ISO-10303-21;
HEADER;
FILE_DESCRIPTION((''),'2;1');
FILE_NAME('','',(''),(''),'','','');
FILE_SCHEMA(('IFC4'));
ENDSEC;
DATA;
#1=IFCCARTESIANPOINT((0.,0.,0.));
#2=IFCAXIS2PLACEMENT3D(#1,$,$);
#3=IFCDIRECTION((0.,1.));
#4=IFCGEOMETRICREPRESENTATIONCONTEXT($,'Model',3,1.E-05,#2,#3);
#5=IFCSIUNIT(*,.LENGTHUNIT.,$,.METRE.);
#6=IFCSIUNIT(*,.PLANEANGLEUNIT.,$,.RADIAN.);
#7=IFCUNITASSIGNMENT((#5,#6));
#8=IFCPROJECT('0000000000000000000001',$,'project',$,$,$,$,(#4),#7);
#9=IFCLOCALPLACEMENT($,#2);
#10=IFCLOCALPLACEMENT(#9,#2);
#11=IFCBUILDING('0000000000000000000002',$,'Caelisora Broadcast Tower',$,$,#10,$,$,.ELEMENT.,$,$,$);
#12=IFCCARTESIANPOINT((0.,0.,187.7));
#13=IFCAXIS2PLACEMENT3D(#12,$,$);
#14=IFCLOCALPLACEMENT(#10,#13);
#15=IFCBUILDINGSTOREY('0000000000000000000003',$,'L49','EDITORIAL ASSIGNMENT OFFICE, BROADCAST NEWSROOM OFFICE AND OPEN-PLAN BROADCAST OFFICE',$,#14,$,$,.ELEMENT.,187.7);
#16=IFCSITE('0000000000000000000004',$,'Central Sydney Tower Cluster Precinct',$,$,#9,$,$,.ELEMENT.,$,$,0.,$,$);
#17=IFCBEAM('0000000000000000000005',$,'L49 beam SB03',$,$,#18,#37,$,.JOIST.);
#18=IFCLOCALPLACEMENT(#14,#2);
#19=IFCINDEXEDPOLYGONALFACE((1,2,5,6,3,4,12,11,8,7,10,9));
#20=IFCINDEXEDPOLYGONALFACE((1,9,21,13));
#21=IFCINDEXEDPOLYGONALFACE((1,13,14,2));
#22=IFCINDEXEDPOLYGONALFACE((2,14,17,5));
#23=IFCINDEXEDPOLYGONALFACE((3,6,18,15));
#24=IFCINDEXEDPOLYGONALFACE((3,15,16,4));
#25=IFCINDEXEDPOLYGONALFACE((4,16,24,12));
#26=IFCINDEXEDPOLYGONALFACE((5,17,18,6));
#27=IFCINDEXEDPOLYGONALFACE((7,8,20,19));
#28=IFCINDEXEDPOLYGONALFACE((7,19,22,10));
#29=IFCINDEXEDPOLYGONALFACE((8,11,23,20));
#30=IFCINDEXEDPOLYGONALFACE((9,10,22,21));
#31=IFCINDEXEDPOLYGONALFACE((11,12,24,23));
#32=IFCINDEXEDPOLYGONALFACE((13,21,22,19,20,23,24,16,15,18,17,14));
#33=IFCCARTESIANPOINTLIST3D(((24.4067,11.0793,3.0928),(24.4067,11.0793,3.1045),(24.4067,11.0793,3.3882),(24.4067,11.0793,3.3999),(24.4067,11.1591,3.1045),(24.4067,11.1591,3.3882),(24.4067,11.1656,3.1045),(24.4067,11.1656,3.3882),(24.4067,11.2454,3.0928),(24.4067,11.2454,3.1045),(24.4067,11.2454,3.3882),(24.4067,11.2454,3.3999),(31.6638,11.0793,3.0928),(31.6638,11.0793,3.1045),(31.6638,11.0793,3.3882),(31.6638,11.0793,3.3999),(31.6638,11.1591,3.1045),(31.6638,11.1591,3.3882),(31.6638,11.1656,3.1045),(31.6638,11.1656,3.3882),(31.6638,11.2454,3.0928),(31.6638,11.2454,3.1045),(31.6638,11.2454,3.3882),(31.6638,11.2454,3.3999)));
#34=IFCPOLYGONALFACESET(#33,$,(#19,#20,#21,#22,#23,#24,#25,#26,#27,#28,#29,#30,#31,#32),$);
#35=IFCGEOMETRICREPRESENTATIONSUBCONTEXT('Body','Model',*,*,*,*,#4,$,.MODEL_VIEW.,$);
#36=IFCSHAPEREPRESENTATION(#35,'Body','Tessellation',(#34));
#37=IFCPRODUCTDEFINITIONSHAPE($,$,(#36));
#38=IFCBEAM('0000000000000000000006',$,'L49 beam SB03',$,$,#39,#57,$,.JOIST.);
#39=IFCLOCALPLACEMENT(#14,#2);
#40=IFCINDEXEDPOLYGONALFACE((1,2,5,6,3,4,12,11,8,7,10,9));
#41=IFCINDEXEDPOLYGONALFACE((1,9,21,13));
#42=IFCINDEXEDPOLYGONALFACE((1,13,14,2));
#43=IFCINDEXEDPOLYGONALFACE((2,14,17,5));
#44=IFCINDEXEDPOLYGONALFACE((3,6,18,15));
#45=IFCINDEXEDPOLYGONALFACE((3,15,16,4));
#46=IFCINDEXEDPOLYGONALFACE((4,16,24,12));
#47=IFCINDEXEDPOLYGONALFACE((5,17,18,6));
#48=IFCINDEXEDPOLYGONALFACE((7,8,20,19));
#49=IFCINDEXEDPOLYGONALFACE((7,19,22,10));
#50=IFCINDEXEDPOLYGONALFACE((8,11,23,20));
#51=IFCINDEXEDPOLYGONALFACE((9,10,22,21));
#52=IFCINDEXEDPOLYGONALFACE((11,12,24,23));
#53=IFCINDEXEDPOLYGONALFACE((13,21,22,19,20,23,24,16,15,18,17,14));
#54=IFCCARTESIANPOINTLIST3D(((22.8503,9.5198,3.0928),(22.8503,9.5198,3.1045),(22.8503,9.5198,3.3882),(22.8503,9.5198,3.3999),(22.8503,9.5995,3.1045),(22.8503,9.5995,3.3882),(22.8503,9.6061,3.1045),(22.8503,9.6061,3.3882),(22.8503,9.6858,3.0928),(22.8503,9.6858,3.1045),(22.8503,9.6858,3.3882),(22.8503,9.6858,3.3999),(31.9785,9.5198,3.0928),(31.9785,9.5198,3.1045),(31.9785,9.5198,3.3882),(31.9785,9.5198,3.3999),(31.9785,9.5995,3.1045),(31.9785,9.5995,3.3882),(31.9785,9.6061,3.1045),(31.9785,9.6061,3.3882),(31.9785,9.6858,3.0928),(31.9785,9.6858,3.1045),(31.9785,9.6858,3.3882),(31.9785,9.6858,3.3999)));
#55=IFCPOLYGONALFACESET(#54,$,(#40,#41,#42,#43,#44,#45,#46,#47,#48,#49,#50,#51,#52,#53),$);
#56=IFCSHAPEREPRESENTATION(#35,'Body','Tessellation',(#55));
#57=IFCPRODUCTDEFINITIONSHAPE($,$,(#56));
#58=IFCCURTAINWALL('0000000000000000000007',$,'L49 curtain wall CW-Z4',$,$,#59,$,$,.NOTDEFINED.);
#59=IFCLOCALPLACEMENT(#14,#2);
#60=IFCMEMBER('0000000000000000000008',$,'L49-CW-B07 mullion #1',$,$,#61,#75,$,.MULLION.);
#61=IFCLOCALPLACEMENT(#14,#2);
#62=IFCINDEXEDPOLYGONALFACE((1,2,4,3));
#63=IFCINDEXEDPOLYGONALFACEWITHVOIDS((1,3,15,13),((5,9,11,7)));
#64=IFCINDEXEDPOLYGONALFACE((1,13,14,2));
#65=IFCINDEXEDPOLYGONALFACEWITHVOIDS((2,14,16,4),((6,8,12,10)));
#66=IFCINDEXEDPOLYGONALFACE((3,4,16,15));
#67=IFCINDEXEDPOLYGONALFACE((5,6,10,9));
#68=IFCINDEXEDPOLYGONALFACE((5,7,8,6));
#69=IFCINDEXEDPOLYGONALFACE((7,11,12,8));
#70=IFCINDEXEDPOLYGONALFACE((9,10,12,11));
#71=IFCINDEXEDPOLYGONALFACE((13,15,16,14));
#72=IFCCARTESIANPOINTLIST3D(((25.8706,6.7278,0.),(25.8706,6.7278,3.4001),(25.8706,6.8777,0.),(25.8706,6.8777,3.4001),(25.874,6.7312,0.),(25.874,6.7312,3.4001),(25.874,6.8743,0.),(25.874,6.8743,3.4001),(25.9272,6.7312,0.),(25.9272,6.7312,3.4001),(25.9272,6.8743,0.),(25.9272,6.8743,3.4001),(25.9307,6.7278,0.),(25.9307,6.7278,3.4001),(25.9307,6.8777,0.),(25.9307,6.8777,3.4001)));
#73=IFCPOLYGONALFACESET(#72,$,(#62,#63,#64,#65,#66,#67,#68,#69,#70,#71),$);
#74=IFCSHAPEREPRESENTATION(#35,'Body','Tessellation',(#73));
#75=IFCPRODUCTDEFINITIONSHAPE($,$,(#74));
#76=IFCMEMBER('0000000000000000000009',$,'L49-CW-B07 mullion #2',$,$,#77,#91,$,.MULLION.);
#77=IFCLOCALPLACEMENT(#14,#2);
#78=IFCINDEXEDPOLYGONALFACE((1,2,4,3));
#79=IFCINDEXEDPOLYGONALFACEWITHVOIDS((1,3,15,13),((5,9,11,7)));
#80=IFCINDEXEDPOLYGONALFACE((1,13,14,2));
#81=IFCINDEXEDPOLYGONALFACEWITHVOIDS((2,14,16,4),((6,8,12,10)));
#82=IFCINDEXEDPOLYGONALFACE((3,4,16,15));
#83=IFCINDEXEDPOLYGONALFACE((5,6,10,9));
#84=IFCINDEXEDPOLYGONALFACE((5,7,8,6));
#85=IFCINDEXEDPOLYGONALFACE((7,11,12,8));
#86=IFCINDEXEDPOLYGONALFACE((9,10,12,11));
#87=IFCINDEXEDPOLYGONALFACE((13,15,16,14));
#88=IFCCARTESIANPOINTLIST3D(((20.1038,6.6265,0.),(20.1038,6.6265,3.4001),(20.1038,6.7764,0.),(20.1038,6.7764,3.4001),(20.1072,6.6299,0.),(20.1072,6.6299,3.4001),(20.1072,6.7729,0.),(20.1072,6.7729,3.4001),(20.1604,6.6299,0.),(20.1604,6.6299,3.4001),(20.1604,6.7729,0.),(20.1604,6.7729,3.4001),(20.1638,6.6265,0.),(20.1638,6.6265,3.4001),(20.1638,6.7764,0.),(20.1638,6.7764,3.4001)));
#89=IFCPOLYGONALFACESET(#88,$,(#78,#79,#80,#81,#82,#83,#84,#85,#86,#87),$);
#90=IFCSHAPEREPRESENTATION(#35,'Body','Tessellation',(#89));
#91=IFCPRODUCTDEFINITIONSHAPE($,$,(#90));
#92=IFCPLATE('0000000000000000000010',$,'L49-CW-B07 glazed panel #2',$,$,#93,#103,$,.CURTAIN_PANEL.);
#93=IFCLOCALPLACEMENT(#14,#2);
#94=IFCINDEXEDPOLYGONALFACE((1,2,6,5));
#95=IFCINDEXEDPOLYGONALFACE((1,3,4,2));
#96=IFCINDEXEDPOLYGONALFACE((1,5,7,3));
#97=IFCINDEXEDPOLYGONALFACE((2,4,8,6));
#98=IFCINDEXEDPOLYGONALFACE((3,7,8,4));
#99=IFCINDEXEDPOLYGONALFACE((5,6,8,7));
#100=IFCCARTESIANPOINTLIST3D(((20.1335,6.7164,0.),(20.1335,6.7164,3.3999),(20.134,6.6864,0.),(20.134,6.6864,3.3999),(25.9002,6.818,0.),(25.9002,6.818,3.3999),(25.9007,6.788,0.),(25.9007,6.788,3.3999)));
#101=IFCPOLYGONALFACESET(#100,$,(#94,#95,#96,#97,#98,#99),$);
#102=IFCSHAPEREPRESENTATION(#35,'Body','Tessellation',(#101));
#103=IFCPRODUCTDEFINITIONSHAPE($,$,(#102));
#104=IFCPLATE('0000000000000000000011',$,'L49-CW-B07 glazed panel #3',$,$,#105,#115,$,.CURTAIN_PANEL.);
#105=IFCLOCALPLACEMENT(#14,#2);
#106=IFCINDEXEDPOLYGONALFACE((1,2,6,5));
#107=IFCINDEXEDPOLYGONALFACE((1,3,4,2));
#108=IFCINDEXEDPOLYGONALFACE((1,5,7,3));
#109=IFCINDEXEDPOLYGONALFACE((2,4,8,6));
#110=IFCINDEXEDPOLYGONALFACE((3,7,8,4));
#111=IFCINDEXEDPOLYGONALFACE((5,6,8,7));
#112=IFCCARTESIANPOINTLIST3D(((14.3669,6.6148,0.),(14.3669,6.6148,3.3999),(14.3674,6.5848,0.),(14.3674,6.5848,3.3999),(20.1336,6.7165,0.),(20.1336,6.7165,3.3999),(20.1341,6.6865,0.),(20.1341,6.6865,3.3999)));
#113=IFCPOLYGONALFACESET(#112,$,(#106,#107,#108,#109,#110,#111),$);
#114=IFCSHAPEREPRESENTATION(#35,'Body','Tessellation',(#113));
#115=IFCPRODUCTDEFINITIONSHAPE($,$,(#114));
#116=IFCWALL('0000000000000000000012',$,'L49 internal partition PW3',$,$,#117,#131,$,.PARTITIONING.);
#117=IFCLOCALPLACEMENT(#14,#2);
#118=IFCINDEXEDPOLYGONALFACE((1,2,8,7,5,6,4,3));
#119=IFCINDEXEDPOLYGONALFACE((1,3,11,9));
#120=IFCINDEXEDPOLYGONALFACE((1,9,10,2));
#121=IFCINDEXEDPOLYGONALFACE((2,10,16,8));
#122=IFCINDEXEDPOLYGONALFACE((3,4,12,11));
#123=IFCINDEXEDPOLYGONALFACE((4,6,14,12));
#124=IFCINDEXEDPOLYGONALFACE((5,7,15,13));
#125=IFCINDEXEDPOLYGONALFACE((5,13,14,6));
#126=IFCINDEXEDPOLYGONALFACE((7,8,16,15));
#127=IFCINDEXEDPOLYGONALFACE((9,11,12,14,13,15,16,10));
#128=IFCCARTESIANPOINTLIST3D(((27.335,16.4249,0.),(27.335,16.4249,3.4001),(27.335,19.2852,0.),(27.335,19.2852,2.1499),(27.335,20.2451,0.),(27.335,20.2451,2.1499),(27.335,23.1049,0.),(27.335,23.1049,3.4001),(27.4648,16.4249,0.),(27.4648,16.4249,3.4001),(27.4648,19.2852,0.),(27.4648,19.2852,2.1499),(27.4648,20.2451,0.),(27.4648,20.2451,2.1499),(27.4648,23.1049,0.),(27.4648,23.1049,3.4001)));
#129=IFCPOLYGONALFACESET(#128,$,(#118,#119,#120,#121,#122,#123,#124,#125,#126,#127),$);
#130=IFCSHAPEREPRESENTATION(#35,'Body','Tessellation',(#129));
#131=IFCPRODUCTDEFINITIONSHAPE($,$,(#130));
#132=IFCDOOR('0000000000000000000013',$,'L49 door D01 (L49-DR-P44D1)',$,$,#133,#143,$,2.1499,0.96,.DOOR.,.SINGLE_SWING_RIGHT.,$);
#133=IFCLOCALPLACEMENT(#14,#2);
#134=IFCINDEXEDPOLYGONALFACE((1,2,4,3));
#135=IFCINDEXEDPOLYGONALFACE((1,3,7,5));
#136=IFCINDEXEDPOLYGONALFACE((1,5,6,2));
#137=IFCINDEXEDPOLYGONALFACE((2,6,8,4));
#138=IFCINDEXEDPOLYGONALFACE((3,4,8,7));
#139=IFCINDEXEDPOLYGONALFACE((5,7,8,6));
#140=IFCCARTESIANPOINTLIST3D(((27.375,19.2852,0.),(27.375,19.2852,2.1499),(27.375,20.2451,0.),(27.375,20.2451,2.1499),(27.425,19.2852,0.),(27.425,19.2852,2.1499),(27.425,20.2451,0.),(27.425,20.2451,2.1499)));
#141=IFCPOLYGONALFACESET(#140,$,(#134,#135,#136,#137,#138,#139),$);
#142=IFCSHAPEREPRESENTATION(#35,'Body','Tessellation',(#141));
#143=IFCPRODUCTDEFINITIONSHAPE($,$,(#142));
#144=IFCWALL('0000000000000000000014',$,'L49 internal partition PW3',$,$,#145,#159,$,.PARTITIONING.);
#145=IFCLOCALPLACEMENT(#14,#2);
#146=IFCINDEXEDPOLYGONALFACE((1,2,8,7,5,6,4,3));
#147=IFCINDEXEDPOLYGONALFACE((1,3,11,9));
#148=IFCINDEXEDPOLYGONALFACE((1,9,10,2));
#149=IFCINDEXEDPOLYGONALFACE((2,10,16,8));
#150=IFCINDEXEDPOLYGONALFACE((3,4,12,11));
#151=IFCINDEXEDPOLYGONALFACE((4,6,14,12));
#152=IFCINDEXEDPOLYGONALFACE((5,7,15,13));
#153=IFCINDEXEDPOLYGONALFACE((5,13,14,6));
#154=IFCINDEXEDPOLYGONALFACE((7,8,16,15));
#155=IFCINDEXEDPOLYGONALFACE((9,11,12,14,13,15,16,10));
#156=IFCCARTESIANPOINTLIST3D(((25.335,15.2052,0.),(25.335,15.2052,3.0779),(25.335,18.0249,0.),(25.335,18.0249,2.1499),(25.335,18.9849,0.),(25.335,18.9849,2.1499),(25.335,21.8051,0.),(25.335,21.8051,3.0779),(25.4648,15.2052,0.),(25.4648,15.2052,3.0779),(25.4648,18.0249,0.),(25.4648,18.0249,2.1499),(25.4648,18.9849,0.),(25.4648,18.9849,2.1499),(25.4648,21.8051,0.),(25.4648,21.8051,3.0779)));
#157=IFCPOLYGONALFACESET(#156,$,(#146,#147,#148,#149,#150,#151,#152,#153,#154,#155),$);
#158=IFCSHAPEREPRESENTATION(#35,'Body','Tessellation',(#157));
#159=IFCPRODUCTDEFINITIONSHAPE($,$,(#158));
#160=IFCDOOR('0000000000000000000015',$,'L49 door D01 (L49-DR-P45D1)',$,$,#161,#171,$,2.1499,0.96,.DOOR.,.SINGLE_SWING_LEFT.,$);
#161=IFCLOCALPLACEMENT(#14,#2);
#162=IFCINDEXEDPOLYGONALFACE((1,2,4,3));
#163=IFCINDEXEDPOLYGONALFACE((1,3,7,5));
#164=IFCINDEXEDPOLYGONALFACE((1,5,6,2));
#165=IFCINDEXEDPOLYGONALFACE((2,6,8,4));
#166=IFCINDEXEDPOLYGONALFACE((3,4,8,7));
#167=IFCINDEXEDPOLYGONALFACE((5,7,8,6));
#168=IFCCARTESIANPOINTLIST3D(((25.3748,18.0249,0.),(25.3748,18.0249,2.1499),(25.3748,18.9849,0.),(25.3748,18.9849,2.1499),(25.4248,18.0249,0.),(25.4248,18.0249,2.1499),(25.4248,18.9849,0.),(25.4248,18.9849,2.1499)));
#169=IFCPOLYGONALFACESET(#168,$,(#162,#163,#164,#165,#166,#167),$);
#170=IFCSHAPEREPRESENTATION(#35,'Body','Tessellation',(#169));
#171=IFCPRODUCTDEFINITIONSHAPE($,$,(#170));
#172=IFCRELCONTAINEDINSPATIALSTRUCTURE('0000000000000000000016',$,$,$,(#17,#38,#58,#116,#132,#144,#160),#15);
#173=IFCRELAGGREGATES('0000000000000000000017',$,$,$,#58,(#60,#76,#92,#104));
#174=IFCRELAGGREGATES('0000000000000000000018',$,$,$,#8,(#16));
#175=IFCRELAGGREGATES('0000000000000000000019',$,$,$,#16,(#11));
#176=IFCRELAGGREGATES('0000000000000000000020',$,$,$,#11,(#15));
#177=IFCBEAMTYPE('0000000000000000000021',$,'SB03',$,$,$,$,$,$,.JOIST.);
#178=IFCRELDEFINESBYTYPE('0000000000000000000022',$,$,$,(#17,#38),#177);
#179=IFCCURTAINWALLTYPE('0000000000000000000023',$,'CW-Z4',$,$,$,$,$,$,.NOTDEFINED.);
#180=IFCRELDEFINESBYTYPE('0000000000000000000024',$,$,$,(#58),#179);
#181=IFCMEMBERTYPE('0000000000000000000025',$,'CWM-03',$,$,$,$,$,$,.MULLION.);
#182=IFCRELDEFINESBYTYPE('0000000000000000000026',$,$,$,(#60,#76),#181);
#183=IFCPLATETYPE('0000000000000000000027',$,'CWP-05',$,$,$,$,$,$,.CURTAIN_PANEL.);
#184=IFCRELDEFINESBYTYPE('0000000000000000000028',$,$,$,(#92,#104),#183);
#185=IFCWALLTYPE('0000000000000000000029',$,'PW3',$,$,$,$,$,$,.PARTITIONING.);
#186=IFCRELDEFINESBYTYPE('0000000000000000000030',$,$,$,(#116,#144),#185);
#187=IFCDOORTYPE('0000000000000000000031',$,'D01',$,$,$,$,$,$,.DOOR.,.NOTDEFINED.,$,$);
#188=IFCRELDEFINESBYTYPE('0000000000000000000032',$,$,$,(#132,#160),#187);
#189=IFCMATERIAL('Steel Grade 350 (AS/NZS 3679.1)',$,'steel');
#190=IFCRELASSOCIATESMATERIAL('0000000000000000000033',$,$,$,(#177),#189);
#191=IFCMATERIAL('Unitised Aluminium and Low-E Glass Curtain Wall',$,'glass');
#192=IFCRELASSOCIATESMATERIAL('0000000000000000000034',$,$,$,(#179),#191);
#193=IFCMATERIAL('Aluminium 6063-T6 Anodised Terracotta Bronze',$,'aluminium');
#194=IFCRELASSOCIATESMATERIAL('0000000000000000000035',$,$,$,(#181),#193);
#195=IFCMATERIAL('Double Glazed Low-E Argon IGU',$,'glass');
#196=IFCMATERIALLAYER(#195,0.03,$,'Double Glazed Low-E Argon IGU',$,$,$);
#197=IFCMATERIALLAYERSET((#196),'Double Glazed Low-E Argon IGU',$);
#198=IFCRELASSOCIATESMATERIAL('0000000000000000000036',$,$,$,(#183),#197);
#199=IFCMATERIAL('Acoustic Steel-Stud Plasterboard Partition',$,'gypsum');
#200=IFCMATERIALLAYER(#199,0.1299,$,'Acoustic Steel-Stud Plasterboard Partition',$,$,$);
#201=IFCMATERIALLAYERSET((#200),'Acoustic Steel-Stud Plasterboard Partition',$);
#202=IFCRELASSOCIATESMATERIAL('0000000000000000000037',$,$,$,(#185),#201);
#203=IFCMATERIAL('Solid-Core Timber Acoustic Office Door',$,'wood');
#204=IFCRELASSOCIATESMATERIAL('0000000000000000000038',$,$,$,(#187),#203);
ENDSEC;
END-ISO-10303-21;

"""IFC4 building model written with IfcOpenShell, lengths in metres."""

from ifc_helpers import new_model, si_unit, direction, frame, frame_2d, origin, origin_2d, place, context, subcontext, project, spatial, rectangle, hollow_rectangle, i_section, extrude, source, transform, mapped, material, layer, layer_set, material_profile, profile_set, type_object, type_shapes, element, fill, aggregate, save


model = new_model("IFC4")

# Units and contexts
model_context = context("Model", 3, precision=1e-05, world=origin(), true_north=direction((0.0, 1.0)))
body_context = subcontext(model_context, "Body", "Model", "MODEL_VIEW")
ifc_project = project(units=[si_unit("LENGTHUNIT", "METRE"), si_unit("PLANEANGLEUNIT", "RADIAN")], contexts=[model_context])

# Site, building, storey
site_placement = place(None, origin())
site = spatial("IfcSite", under=ifc_project, at=site_placement, Name="Central Sydney Tower Cluster Precinct", CompositionType="ELEMENT", RefElevation=0.0)
building_placement = place(site_placement, origin())
building = spatial("IfcBuilding", under=site, at=building_placement, Name="Caelisora Broadcast Tower", CompositionType="ELEMENT")
storey_placement = place(building_placement, frame((0.0, 0.0, 187.7)))
storey = spatial("IfcBuildingStorey", under=building, at=storey_placement, Name="L49", Description="EDITORIAL ASSIGNMENT OFFICE, BROADCAST NEWSROOM OFFICE AND OPEN-PLAN BROADCAST OFFICE", CompositionType="ELEMENT", Elevation=187.7)

# Beams
ifc_material_1 = material(Name="Steel Grade 350 (AS/NZS 3679.1)", Category="steel")
ifc_material_profile_1 = material_profile(ifc_material_1, i_section(OverallWidth=0.166, OverallDepth=0.3071, WebThickness=0.0066, FlangeThickness=0.0117, at=origin_2d()), Name="Steel Grade 350 (AS/NZS 3679.1)")
ifc_profile_set_1 = profile_set([ifc_material_profile_1], Name="Steel Grade 350 (AS/NZS 3679.1)")
beam_type_1 = type_object("IfcBeamType", Name="SB03", PredefinedType="JOIST", material=ifc_profile_set_1)
shared_shape_1 = source(origin(), body_context, "Body", "SweptSolid", [
    extrude(i_section(OverallWidth=0.166, OverallDepth=0.3071, WebThickness=0.0066, FlangeThickness=0.0117, at=origin_2d()), origin(), (0.0, 0.0, 1.0), 7.2571),
])
beam_1_placement = place(storey_placement, frame((24.4067, 11.1624, 3.2463), z_axis=(1.0, 0.0, 0.0), x_axis=(0.0, 1.0, 0.0)))
element("IfcBeam", 1, at=beam_1_placement, inside=storey, type_object=beam_type_1, Name="L49 beam SB03", PredefinedType="JOIST", context=body_context, shape_type="MappedRepresentation", body=[
    mapped(shared_shape_1, transform((0.0, 0.0, 0.0), scale=1.0)),
])
shared_shape_2 = source(origin(), body_context, "Body", "SweptSolid", [
    extrude(i_section(OverallWidth=0.166, OverallDepth=0.3071, WebThickness=0.0066, FlangeThickness=0.0117, at=origin_2d()), origin(), (0.0, 0.0, 1.0), 9.1282),
])
beam_2_placement = place(storey_placement, frame((22.8503, 9.6028, 3.2463), z_axis=(1.0, 0.0, 0.0), x_axis=(0.0, 1.0, 0.0)))
element("IfcBeam", 2, at=beam_2_placement, inside=storey, type_object=beam_type_1, Name="L49 beam SB03", PredefinedType="JOIST", context=body_context, shape_type="MappedRepresentation", body=[
    mapped(shared_shape_2, transform((0.0, 0.0, 0.0), scale=1.0)),
])

# Curtain wall, members, plates
ifc_material_2 = material(Name="Unitised Aluminium and Low-E Glass Curtain Wall", Category="glass")
curtain_wall_type = type_object("IfcCurtainWallType", Name="CW-Z4", PredefinedType="NOTDEFINED", material=ifc_material_2)
curtain_wall_placement = place(storey_placement, origin())
curtain_wall = element("IfcCurtainWall", 3, at=curtain_wall_placement, inside=storey, type_object=curtain_wall_type, Name="L49 curtain wall CW-Z4", PredefinedType="NOTDEFINED")
ifc_material_3 = material(Name="Aluminium 6063-T6 Anodised Terracotta Bronze", Category="aluminium")
ifc_material_profile_2 = material_profile(ifc_material_3, hollow_rectangle(XDim=0.0601, YDim=0.1499, WallThickness=0.0034, at=origin_2d()), Name="Aluminium 6063-T6 Anodised Terracotta Bronze")
ifc_profile_set_2 = profile_set([ifc_material_profile_2], Name="Aluminium 6063-T6 Anodised Terracotta Bronze")
member_type = type_object("IfcMemberType", Name="CWM-03", PredefinedType="MULLION", material=ifc_profile_set_2)
shared_shape_3 = source(origin(), body_context, "Body", "SweptSolid", [
    extrude(hollow_rectangle(XDim=0.0601, YDim=0.1499, WallThickness=0.0034, at=origin_2d()), origin(), (0.0, 0.0, 1.0), 3.4001),
])
type_shapes(member_type, [shared_shape_3])
member_1_placement = place(storey_placement, frame((25.9006, 6.8027, 0.0), z_axis=(0.0, 0.0, 1.0), x_axis=(1.0, 0.0, 0.0)))
member_1 = element("IfcMember", 4, at=member_1_placement, type_object=member_type, Name="L49-CW-B07 mullion #1", PredefinedType="MULLION", context=body_context, shape_type="MappedRepresentation", body=[
    mapped(shared_shape_3, transform((0.0, 0.0, 0.0), scale=1.0)),
])
member_2_placement = place(storey_placement, frame((20.1338, 6.7014, 0.0), z_axis=(0.0, 0.0, 1.0), x_axis=(1.0, 0.0, 0.0)))
member_2 = element("IfcMember", 5, at=member_2_placement, type_object=member_type, Name="L49-CW-B07 mullion #2", PredefinedType="MULLION", context=body_context, shape_type="MappedRepresentation", body=[
    mapped(shared_shape_3, transform((0.0, 0.0, 0.0), scale=1.0)),
])
ifc_material_4 = material(Name="Double Glazed Low-E Argon IGU", Category="glass")
ifc_layer_1 = layer(ifc_material_4, 0.03, Name="Double Glazed Low-E Argon IGU")
ifc_layer_set_1 = layer_set([ifc_layer_1], Name="Double Glazed Low-E Argon IGU")
plate_type = type_object("IfcPlateType", Name="CWP-05", PredefinedType="CURTAIN_PANEL", material=ifc_layer_set_1)
shared_shape_4 = source(origin(), body_context, "Body", "SweptSolid", [
    extrude(rectangle(XDim=5.7676, YDim=0.03, at=origin_2d()), origin(), (0.0, 0.0, 1.0), 3.3999),
])
type_shapes(plate_type, [shared_shape_4])
plate_1_placement = place(storey_placement, frame((23.0171, 6.7522, 0.0), z_axis=(0.0, 0.0, 1.0), x_axis=(-0.999845, -0.017627, 0.0)))
plate_1 = element("IfcPlate", 6, at=plate_1_placement, type_object=plate_type, Name="L49-CW-B07 glazed panel #2", PredefinedType="CURTAIN_PANEL", context=body_context, shape_type="MappedRepresentation", body=[
    mapped(shared_shape_4, transform((0.0, 0.0, 0.0), scale=1.0)),
])
plate_2_placement = place(storey_placement, frame((17.2505, 6.6506, 0.0), z_axis=(0.0, 0.0, 1.0), x_axis=(-0.999845, -0.017627, 0.0)))
plate_2 = element("IfcPlate", 7, at=plate_2_placement, type_object=plate_type, Name="L49-CW-B07 glazed panel #3", PredefinedType="CURTAIN_PANEL", context=body_context, shape_type="MappedRepresentation", body=[
    mapped(shared_shape_4, transform((0.0, 0.0, 0.0), scale=1.0)),
])
aggregate(curtain_wall, [member_1, member_2, plate_1, plate_2])

# Walls, openings, doors
ifc_material_5 = material(Name="Acoustic Steel-Stud Plasterboard Partition", Category="gypsum")
ifc_layer_2 = layer(ifc_material_5, 0.1299, Name="Acoustic Steel-Stud Plasterboard Partition")
ifc_layer_set_2 = layer_set([ifc_layer_2], Name="Acoustic Steel-Stud Plasterboard Partition")
wall_type = type_object("IfcWallType", Name="PW3", PredefinedType="PARTITIONING", material=ifc_layer_set_2)
wall_1_placement = place(storey_placement, frame((27.3999, 16.425, 0.0), z_axis=(0.0, 0.0, 1.0), x_axis=(0.0, 1.0, 0.0)))
wall_1 = element("IfcWall", 8, at=wall_1_placement, inside=storey, type_object=wall_type, Name="L49 internal partition PW3", PredefinedType="PARTITIONING", context=body_context, shape_type="SweptSolid", body=[
    extrude(rectangle(XDim=6.6799, YDim=0.1299, at=frame_2d((3.3398, 0.0))), origin(), (0.0, 0.0, 1.0), 3.4001),
])
opening_1_placement = place(wall_1_placement, frame((2.8601, 0.0, 0.0)))
opening_1 = element("IfcOpeningElement", 9, at=opening_1_placement, cuts=wall_1, PredefinedType="OPENING", context=body_context, shape_type="SweptSolid", body=[
    extrude(rectangle(XDim=0.96, YDim=2.1499, at=frame_2d((0.48, 1.075))), frame((0.0, 0.0769, 0.0), z_axis=(0.0, -1.0, 0.0), x_axis=(1.0, 0.0, 0.0)), (0.0, 0.0, 1.0), 0.1538),
])
ifc_material_6 = material(Name="Solid-Core Timber Acoustic Office Door", Category="wood")
door_type = type_object("IfcDoorType", Name="D01", OperationType="NOTDEFINED", PredefinedType="DOOR", material=ifc_material_6)
door_1_placement = place(opening_1_placement, origin())
door_1 = element("IfcDoor", 10, at=door_1_placement, inside=storey, type_object=door_type, Name="L49 door D01 (L49-DR-P44D1)", OperationType="SINGLE_SWING_RIGHT", OverallHeight=2.1499, OverallWidth=0.96, PredefinedType="DOOR", context=body_context, shape_type="SweptSolid", body=[
    extrude(rectangle(XDim=0.96, YDim=2.1499, at=frame_2d((0.48, 1.075))), frame((0.0, 0.0249, 0.0), z_axis=(0.0, -1.0, 0.0), x_axis=(1.0, 0.0, 0.0)), (0.0, 0.0, 1.0), 0.05),
])
fill(opening_1, door_1)
wall_2_placement = place(storey_placement, frame((25.3999, 21.8049, 0.0), z_axis=(0.0, 0.0, 1.0), x_axis=(0.0, -1.0, 0.0)))
wall_2 = element("IfcWall", 11, at=wall_2_placement, inside=storey, type_object=wall_type, Name="L49 internal partition PW3", PredefinedType="PARTITIONING", context=body_context, shape_type="SweptSolid", body=[
    extrude(rectangle(XDim=6.5999, YDim=0.1299, at=frame_2d((3.2998, 0.0))), origin(), (0.0, 0.0, 1.0), 3.0779),
])
opening_2_placement = place(wall_2_placement, frame((2.8201, 0.0, 0.0)))
opening_2 = element("IfcOpeningElement", 12, at=opening_2_placement, cuts=wall_2, PredefinedType="OPENING", context=body_context, shape_type="SweptSolid", body=[
    extrude(rectangle(XDim=0.96, YDim=2.1499, at=frame_2d((0.48, 1.075))), frame((0.0, 0.0769, 0.0), z_axis=(0.0, -1.0, 0.0), x_axis=(1.0, 0.0, 0.0)), (0.0, 0.0, 1.0), 0.1538),
])
door_2_placement = place(opening_2_placement, origin())
door_2 = element("IfcDoor", 13, at=door_2_placement, inside=storey, type_object=door_type, Name="L49 door D01 (L49-DR-P45D1)", OperationType="SINGLE_SWING_LEFT", OverallHeight=2.1499, OverallWidth=0.96, PredefinedType="DOOR", context=body_context, shape_type="SweptSolid", body=[
    extrude(rectangle(XDim=0.96, YDim=2.1499, at=frame_2d((0.48, 1.075))), frame((0.0, 0.0249, 0.0), z_axis=(0.0, -1.0, 0.0), x_axis=(1.0, 0.0, 0.0)), (0.0, 0.0, 1.0), 0.05),
])
fill(opening_2, door_2)

save(model, "model.ifc")
